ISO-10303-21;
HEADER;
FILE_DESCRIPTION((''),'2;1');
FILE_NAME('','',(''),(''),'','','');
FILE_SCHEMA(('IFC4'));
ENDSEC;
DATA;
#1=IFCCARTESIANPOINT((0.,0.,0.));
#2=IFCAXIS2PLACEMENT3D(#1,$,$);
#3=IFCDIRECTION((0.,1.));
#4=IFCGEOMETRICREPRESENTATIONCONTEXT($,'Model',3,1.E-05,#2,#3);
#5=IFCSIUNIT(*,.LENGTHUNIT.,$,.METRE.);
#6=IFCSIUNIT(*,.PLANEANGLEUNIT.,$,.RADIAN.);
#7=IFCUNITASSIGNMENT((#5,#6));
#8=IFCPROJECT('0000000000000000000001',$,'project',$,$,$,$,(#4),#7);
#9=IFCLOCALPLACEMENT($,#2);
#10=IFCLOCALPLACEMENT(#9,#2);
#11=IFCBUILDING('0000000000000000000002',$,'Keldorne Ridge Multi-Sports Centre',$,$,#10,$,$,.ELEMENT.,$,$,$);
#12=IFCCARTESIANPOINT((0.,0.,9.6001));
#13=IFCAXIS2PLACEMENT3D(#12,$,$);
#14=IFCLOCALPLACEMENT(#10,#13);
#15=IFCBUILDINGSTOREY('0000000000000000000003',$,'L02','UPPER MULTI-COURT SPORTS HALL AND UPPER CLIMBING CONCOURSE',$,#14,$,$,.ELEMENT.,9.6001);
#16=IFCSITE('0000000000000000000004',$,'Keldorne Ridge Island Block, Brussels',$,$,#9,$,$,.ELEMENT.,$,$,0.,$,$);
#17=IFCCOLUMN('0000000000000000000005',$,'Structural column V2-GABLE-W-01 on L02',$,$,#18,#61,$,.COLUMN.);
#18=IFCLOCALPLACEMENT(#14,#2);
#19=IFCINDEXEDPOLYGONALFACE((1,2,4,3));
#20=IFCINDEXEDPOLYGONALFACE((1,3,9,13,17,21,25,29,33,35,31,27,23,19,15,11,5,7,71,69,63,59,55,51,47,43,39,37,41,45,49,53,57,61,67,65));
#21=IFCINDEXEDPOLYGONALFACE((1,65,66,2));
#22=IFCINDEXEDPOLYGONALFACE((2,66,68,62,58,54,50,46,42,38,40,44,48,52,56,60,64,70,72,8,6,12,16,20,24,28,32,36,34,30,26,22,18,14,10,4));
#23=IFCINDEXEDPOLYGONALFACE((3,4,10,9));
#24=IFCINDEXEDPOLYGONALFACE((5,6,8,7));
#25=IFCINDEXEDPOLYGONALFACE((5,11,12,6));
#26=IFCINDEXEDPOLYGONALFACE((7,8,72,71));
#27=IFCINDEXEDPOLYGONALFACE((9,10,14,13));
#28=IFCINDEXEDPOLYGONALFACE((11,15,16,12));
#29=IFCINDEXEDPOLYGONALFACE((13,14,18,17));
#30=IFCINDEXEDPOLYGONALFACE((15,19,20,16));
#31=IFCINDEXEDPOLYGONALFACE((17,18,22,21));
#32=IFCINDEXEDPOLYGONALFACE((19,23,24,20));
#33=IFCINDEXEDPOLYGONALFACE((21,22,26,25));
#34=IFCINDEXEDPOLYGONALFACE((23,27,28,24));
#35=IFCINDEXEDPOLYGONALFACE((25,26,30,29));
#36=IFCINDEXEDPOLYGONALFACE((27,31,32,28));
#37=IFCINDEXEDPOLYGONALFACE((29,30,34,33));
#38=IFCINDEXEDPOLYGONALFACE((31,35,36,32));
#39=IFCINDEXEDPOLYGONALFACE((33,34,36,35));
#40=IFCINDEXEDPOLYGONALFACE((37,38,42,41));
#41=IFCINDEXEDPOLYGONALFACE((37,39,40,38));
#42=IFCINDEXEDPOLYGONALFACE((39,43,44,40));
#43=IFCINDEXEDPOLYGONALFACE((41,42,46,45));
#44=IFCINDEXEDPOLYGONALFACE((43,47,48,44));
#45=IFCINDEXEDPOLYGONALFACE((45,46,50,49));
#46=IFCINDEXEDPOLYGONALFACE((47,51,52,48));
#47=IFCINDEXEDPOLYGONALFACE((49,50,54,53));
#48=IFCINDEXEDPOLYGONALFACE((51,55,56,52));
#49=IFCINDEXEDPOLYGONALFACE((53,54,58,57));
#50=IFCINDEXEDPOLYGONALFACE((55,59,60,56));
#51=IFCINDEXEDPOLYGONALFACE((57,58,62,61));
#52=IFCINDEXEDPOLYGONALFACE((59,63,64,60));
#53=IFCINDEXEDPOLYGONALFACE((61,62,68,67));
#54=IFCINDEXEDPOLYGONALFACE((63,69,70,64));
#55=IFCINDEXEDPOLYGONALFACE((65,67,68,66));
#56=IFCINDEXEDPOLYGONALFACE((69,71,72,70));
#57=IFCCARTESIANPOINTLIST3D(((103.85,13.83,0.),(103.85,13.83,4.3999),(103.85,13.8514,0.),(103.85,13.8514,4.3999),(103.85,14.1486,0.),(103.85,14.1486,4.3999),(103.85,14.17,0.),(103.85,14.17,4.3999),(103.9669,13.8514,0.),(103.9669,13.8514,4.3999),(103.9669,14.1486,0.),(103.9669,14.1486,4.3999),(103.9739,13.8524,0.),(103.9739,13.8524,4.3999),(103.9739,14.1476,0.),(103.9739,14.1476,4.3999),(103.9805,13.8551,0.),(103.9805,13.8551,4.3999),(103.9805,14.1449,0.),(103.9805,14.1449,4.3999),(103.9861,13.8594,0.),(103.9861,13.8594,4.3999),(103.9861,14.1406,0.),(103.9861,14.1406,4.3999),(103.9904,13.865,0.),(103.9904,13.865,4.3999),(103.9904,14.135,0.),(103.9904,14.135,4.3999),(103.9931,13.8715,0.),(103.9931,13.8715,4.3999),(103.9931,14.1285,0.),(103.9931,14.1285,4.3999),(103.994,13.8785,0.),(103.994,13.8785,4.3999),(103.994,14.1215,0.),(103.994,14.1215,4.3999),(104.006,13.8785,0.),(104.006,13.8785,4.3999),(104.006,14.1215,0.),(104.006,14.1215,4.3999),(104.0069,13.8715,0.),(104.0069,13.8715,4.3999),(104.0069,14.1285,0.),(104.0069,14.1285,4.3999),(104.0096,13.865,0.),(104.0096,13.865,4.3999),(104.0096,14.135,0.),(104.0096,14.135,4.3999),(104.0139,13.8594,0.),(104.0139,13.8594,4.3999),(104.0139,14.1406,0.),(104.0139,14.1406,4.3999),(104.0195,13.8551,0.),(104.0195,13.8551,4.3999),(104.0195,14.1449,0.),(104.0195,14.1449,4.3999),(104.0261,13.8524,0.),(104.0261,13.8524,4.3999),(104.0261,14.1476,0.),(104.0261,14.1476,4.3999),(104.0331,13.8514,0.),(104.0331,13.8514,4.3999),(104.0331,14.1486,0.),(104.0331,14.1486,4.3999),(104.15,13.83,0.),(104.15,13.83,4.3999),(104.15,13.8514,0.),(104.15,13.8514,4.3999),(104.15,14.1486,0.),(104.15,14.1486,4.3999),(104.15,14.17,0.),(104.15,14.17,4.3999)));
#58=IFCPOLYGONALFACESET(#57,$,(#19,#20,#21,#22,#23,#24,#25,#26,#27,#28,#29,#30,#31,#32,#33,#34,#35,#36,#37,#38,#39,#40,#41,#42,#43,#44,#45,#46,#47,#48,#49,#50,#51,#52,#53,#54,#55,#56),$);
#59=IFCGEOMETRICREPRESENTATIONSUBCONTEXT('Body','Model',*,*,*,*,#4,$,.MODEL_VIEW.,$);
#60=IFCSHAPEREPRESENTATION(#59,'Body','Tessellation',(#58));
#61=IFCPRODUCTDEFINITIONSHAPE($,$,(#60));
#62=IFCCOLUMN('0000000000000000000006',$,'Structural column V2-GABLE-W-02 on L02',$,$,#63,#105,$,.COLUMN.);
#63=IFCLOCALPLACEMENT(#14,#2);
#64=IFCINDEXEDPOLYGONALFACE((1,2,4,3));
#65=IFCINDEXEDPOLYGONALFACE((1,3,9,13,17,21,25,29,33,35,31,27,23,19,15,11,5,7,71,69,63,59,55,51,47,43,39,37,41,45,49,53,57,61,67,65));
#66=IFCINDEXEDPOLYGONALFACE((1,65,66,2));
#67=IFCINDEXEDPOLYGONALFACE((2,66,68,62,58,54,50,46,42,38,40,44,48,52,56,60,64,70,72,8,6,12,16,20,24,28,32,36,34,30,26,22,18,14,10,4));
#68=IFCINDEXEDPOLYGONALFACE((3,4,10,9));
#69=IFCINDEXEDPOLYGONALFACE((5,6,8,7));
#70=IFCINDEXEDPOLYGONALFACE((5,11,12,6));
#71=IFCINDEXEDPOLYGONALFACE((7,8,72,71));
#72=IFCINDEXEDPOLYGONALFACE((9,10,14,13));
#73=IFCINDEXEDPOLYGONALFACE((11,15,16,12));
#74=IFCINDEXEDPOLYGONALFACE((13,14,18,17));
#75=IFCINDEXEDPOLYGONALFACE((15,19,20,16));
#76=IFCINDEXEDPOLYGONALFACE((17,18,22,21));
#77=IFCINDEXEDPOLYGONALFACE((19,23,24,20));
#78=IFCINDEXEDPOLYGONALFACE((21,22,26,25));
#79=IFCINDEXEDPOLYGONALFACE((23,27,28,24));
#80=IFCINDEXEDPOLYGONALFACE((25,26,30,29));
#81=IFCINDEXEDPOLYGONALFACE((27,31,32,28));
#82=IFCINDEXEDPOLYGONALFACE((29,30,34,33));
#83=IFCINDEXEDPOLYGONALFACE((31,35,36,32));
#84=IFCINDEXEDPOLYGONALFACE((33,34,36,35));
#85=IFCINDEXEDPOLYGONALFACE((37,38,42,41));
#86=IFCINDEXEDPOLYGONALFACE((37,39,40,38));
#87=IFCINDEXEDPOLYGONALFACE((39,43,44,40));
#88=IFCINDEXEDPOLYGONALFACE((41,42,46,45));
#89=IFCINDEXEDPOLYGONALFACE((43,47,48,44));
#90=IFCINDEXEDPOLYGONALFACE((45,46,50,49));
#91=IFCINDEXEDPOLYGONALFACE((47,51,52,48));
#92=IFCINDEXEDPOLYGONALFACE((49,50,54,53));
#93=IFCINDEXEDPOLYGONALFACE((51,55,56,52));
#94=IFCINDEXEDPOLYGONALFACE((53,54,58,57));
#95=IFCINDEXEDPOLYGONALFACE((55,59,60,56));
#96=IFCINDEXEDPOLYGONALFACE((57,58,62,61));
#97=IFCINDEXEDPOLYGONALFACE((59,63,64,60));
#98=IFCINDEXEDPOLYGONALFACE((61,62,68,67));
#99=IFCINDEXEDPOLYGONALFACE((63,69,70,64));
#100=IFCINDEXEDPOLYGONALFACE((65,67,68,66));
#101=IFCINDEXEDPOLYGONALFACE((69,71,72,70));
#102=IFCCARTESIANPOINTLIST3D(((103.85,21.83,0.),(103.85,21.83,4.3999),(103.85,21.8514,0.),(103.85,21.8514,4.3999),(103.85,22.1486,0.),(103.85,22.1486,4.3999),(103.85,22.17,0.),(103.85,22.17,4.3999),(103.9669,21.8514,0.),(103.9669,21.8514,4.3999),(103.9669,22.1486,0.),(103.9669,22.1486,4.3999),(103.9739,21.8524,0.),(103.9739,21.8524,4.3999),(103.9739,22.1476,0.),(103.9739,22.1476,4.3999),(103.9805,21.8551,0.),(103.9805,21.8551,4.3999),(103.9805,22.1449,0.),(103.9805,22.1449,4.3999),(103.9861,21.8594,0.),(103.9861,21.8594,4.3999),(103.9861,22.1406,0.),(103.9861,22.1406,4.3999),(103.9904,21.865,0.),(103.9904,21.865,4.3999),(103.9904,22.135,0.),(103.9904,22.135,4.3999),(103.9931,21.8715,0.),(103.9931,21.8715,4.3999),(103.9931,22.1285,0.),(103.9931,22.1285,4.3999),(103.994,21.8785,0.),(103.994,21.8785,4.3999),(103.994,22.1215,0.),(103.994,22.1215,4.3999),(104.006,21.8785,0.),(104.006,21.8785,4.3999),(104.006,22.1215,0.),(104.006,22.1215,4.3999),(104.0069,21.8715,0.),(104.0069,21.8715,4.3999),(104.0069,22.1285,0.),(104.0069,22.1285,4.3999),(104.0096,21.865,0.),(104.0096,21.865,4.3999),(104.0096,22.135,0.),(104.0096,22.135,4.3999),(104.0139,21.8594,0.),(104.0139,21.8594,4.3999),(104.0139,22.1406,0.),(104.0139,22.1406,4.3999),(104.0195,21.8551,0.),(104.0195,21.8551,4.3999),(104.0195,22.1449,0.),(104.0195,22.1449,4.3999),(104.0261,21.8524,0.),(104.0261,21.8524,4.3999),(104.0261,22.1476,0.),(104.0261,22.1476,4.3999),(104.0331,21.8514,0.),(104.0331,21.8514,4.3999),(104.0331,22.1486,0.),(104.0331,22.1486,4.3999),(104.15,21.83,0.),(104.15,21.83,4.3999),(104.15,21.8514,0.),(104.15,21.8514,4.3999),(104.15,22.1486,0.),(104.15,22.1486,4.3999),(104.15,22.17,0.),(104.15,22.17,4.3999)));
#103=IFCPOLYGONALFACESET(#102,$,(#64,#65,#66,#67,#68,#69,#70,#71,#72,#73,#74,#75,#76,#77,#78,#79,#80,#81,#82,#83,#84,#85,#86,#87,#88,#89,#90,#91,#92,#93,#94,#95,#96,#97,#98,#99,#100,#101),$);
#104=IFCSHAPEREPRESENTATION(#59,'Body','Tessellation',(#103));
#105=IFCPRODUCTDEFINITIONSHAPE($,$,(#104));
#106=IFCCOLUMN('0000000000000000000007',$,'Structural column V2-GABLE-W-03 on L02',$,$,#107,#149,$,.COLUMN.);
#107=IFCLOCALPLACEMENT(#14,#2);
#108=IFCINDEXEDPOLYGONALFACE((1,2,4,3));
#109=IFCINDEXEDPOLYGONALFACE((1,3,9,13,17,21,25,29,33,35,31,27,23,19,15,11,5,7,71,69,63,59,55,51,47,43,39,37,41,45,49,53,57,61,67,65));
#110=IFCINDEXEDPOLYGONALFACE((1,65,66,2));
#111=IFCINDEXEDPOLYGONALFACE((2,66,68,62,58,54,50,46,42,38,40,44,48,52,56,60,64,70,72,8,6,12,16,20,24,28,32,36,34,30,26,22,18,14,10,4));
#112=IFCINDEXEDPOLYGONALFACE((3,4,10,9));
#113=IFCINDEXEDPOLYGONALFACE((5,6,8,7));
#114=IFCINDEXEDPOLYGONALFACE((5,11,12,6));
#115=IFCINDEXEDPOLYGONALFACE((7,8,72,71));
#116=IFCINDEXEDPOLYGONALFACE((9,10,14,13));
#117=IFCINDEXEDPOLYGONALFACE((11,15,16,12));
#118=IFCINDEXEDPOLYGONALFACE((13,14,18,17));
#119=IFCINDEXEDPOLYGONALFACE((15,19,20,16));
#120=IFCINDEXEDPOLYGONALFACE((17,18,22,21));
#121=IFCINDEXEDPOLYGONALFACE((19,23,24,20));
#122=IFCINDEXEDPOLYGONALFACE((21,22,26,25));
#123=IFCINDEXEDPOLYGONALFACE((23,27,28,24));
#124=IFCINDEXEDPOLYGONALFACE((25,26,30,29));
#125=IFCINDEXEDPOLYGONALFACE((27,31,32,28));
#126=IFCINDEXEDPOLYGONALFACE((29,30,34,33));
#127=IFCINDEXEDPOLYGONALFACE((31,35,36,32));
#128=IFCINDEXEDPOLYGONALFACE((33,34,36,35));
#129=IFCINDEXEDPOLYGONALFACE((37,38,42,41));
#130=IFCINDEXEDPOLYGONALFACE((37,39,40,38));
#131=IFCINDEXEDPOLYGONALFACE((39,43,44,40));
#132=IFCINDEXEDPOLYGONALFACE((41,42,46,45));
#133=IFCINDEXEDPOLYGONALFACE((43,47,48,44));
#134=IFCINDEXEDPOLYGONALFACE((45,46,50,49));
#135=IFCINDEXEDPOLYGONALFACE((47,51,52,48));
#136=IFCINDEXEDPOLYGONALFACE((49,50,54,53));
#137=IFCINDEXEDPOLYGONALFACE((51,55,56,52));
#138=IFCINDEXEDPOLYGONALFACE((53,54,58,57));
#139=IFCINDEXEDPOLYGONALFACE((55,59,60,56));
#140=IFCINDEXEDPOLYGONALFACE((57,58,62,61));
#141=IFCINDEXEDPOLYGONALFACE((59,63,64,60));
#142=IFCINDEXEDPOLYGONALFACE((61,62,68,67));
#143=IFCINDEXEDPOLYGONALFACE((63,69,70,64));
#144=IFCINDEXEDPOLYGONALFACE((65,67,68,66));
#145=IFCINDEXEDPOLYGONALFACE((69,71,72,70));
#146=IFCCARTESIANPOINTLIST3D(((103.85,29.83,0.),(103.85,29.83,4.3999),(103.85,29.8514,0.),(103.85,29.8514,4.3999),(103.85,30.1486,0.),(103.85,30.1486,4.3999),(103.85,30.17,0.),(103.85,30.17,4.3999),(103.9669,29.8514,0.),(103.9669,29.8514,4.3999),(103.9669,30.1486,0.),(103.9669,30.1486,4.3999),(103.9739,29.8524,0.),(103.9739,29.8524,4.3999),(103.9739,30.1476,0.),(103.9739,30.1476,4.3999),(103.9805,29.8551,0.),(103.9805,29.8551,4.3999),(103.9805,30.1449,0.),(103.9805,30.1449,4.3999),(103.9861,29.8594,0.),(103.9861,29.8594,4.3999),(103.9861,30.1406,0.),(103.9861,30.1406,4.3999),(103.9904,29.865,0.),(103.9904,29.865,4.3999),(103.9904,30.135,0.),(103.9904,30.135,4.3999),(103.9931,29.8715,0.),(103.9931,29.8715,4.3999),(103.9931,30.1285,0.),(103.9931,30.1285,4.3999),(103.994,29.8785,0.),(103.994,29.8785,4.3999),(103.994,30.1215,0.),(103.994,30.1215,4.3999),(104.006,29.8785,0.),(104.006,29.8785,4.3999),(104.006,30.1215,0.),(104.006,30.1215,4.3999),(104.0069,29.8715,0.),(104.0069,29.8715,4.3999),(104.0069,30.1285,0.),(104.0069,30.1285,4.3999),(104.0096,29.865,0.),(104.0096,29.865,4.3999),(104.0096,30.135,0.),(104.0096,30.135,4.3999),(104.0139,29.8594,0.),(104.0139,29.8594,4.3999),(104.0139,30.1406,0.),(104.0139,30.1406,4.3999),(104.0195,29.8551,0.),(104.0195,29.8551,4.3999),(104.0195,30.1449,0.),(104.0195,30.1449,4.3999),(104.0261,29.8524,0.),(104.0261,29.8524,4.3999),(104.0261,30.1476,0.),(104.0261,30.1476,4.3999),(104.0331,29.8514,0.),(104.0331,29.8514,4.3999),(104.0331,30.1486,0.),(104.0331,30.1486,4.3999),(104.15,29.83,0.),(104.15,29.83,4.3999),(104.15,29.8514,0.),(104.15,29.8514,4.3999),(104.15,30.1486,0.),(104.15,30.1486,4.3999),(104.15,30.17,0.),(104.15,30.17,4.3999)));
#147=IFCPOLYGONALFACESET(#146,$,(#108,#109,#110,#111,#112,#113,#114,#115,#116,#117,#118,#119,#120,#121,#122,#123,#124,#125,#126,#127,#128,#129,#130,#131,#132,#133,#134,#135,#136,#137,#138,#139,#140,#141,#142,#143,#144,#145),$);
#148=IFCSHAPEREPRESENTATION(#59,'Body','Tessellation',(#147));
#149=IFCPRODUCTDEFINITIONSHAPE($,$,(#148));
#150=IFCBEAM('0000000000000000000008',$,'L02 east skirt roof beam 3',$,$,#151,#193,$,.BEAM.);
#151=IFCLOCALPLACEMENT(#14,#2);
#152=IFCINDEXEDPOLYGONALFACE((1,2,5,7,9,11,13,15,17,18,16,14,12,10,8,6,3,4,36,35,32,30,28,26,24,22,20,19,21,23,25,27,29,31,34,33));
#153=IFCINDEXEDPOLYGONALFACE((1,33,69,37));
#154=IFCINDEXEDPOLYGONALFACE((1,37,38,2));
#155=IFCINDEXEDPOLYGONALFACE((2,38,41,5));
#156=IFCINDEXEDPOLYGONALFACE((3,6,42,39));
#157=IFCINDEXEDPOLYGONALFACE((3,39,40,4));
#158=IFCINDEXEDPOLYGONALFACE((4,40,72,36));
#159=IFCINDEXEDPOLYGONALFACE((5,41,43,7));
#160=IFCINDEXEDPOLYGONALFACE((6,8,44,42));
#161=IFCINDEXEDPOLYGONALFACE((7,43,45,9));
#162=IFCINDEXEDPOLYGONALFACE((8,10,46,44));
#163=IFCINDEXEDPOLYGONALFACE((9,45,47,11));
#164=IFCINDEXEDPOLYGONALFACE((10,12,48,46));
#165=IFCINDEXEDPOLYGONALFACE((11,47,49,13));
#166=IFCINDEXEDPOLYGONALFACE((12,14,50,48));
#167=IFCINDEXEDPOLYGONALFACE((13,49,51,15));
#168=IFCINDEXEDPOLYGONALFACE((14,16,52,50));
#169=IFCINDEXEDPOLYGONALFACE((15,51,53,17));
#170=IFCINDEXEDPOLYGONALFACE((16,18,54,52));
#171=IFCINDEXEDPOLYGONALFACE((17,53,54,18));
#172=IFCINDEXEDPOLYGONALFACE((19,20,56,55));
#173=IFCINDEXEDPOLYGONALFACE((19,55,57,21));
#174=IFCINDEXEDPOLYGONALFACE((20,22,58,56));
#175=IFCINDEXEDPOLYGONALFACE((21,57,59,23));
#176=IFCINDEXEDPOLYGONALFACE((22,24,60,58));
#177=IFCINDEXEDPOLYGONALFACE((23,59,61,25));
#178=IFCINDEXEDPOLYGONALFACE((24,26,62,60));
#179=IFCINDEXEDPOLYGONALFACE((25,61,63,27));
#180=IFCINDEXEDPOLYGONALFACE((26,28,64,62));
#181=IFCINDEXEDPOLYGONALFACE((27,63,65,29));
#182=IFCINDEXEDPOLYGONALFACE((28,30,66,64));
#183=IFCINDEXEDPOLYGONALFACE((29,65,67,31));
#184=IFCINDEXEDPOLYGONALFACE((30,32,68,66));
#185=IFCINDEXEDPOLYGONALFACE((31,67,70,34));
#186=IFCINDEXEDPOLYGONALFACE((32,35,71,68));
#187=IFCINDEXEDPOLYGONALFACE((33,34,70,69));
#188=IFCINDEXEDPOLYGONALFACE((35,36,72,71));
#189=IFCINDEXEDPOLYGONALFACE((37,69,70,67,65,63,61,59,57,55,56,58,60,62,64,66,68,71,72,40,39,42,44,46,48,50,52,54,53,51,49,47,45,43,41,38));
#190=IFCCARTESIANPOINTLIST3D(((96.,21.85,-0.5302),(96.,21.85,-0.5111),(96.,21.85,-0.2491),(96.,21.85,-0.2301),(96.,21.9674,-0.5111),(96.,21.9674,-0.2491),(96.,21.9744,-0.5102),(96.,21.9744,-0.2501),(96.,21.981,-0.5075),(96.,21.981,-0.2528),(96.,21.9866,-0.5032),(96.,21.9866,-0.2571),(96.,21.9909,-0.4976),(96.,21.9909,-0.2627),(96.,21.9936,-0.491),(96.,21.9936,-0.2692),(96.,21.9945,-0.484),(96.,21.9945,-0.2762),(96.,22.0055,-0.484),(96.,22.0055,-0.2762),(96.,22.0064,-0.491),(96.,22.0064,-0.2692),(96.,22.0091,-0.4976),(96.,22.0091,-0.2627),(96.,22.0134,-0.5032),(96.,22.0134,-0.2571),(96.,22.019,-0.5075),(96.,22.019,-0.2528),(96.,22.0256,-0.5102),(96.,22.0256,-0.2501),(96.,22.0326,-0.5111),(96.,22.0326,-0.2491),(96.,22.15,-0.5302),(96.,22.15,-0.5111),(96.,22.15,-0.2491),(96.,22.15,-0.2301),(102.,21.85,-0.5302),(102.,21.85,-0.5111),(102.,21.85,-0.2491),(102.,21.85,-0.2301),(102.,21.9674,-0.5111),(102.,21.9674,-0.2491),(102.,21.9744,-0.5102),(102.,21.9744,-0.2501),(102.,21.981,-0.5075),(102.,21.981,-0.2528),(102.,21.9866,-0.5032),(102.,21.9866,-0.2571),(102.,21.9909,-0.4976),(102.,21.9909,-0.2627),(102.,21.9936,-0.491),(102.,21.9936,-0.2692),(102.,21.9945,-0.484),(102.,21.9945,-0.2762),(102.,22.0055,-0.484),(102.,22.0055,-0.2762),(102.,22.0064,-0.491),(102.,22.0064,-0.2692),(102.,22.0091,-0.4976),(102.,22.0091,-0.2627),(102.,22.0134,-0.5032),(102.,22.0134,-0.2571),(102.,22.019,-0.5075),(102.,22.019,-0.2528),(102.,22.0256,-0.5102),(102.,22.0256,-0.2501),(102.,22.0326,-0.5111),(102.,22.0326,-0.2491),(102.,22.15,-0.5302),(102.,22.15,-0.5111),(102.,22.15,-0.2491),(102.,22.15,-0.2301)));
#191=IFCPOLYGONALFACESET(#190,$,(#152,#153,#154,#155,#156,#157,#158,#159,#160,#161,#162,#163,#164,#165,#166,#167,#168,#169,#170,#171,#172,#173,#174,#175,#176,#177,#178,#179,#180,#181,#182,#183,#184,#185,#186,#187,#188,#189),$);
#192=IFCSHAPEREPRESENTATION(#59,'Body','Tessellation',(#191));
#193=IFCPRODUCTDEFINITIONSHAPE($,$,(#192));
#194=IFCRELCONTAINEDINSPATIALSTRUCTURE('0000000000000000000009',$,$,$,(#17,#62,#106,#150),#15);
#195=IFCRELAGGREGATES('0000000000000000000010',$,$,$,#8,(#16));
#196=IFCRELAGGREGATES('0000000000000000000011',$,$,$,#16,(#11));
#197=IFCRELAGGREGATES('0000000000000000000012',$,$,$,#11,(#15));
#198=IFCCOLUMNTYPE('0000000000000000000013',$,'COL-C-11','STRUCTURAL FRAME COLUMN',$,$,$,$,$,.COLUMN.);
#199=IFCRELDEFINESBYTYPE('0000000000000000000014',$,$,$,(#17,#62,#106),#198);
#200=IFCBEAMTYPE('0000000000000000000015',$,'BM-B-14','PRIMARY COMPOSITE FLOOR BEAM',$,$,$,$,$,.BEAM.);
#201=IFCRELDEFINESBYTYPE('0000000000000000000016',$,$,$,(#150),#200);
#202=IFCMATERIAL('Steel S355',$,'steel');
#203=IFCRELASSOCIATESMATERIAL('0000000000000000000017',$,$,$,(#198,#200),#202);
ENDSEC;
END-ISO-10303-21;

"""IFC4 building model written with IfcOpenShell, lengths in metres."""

from ifc_helpers import new_model, si_unit, direction, frame, origin, origin_2d, place, context, subcontext, project, spatial, i_section, extrude, material, material_profile, profile_set, type_object, element, save


model = new_model("IFC4")

# Units and contexts
model_context = context("Model", 3, precision=1e-05, world=origin(), true_north=direction((0.0, 1.0)))
body_context = subcontext(model_context, "Body", "Model", "MODEL_VIEW")
ifc_project = project(units=[si_unit("LENGTHUNIT", "METRE"), si_unit("PLANEANGLEUNIT", "RADIAN")], contexts=[model_context])

# Site, building, storey
site_placement = place(None, origin())
site = spatial("IfcSite", under=ifc_project, at=site_placement, Name="Keldorne Ridge Island Block, Brussels", CompositionType="ELEMENT", RefElevation=0.0)
building_placement = place(site_placement, origin())
building = spatial("IfcBuilding", under=site, at=building_placement, Name="Keldorne Ridge Multi-Sports Centre", CompositionType="ELEMENT")
storey_placement = place(building_placement, frame((0.0, 0.0, 9.6001)))
storey = spatial("IfcBuildingStorey", under=building, at=storey_placement, Name="L02", Description="UPPER MULTI-COURT SPORTS HALL AND UPPER CLIMBING CONCOURSE", CompositionType="ELEMENT", Elevation=9.6001)

# Columns
ifc_material_1 = material(Name="Steel S355", Category="steel")
ifc_material_profile_1 = material_profile(ifc_material_1, i_section(OverallWidth=0.3, OverallDepth=0.3401, WebThickness=0.012, FlangeThickness=0.0215, FilletRadius=0.0271, at=origin_2d()), Name="HEB 340")
ifc_profile_set_1 = profile_set([ifc_material_profile_1], Name="Steel S355")
column_type = type_object("IfcColumnType", Name="COL-C-11", Description="STRUCTURAL FRAME COLUMN", PredefinedType="COLUMN", material=ifc_profile_set_1)
for number, where, z_axis, x_axis, name in (
    (1, (104.0, 14.0, 0.0), (0.0, 0.0, 1.0), (1.0, 0.0, 0.0), "Structural column V2-GABLE-W-01 on L02"),
    (2, (104.0, 22.0, 0.0), (0.0, 0.0, 1.0), (1.0, 0.0, 0.0), "Structural column V2-GABLE-W-02 on L02"),
    (3, (104.0, 30.0, 0.0), (0.0, 0.0, 1.0), (1.0, 0.0, 0.0), "Structural column V2-GABLE-W-03 on L02"),
):
    element("IfcColumn", number, at=place(storey_placement, frame(where, z_axis=z_axis, x_axis=x_axis)), inside=storey, type_object=column_type, Name=name, PredefinedType="COLUMN", context=body_context, shape_type="SweptSolid", body=[
        extrude(i_section(OverallWidth=0.3, OverallDepth=0.3401, WebThickness=0.012, FlangeThickness=0.0215, FilletRadius=0.0271, at=origin_2d()), origin(), (0.0, 0.0, 1.0), 4.3999),
    ])

# Beam
ifc_material_profile_2 = material_profile(ifc_material_1, i_section(OverallWidth=0.3, OverallDepth=0.3, WebThickness=0.011, FlangeThickness=0.019, FilletRadius=0.0271, at=origin_2d()), Name="HEB 300")
ifc_profile_set_2 = profile_set([ifc_material_profile_2], Name="Steel S355")
beam_type_1 = type_object("IfcBeamType", Name="BM-B-14", Description="PRIMARY COMPOSITE FLOOR BEAM", PredefinedType="BEAM", material=ifc_profile_set_2)
for number, where, z_axis, x_axis, name in (
    (4, (96.0, 22.0, -0.3801), (1.0, 0.0, 0.0), (0.0, 1.0, 0.0), "L02 east skirt roof beam 3"),
):
    element("IfcBeam", number, at=place(storey_placement, frame(where, z_axis=z_axis, x_axis=x_axis)), inside=storey, type_object=beam_type_1, Name=name, PredefinedType="BEAM", context=body_context, shape_type="SweptSolid", body=[
        extrude(i_section(OverallWidth=0.3, OverallDepth=0.3, WebThickness=0.011, FlangeThickness=0.019, FilletRadius=0.0271, at=origin_2d()), origin(), (0.0, 0.0, 1.0), 6.0),
    ])

save(model, "model.ifc")
